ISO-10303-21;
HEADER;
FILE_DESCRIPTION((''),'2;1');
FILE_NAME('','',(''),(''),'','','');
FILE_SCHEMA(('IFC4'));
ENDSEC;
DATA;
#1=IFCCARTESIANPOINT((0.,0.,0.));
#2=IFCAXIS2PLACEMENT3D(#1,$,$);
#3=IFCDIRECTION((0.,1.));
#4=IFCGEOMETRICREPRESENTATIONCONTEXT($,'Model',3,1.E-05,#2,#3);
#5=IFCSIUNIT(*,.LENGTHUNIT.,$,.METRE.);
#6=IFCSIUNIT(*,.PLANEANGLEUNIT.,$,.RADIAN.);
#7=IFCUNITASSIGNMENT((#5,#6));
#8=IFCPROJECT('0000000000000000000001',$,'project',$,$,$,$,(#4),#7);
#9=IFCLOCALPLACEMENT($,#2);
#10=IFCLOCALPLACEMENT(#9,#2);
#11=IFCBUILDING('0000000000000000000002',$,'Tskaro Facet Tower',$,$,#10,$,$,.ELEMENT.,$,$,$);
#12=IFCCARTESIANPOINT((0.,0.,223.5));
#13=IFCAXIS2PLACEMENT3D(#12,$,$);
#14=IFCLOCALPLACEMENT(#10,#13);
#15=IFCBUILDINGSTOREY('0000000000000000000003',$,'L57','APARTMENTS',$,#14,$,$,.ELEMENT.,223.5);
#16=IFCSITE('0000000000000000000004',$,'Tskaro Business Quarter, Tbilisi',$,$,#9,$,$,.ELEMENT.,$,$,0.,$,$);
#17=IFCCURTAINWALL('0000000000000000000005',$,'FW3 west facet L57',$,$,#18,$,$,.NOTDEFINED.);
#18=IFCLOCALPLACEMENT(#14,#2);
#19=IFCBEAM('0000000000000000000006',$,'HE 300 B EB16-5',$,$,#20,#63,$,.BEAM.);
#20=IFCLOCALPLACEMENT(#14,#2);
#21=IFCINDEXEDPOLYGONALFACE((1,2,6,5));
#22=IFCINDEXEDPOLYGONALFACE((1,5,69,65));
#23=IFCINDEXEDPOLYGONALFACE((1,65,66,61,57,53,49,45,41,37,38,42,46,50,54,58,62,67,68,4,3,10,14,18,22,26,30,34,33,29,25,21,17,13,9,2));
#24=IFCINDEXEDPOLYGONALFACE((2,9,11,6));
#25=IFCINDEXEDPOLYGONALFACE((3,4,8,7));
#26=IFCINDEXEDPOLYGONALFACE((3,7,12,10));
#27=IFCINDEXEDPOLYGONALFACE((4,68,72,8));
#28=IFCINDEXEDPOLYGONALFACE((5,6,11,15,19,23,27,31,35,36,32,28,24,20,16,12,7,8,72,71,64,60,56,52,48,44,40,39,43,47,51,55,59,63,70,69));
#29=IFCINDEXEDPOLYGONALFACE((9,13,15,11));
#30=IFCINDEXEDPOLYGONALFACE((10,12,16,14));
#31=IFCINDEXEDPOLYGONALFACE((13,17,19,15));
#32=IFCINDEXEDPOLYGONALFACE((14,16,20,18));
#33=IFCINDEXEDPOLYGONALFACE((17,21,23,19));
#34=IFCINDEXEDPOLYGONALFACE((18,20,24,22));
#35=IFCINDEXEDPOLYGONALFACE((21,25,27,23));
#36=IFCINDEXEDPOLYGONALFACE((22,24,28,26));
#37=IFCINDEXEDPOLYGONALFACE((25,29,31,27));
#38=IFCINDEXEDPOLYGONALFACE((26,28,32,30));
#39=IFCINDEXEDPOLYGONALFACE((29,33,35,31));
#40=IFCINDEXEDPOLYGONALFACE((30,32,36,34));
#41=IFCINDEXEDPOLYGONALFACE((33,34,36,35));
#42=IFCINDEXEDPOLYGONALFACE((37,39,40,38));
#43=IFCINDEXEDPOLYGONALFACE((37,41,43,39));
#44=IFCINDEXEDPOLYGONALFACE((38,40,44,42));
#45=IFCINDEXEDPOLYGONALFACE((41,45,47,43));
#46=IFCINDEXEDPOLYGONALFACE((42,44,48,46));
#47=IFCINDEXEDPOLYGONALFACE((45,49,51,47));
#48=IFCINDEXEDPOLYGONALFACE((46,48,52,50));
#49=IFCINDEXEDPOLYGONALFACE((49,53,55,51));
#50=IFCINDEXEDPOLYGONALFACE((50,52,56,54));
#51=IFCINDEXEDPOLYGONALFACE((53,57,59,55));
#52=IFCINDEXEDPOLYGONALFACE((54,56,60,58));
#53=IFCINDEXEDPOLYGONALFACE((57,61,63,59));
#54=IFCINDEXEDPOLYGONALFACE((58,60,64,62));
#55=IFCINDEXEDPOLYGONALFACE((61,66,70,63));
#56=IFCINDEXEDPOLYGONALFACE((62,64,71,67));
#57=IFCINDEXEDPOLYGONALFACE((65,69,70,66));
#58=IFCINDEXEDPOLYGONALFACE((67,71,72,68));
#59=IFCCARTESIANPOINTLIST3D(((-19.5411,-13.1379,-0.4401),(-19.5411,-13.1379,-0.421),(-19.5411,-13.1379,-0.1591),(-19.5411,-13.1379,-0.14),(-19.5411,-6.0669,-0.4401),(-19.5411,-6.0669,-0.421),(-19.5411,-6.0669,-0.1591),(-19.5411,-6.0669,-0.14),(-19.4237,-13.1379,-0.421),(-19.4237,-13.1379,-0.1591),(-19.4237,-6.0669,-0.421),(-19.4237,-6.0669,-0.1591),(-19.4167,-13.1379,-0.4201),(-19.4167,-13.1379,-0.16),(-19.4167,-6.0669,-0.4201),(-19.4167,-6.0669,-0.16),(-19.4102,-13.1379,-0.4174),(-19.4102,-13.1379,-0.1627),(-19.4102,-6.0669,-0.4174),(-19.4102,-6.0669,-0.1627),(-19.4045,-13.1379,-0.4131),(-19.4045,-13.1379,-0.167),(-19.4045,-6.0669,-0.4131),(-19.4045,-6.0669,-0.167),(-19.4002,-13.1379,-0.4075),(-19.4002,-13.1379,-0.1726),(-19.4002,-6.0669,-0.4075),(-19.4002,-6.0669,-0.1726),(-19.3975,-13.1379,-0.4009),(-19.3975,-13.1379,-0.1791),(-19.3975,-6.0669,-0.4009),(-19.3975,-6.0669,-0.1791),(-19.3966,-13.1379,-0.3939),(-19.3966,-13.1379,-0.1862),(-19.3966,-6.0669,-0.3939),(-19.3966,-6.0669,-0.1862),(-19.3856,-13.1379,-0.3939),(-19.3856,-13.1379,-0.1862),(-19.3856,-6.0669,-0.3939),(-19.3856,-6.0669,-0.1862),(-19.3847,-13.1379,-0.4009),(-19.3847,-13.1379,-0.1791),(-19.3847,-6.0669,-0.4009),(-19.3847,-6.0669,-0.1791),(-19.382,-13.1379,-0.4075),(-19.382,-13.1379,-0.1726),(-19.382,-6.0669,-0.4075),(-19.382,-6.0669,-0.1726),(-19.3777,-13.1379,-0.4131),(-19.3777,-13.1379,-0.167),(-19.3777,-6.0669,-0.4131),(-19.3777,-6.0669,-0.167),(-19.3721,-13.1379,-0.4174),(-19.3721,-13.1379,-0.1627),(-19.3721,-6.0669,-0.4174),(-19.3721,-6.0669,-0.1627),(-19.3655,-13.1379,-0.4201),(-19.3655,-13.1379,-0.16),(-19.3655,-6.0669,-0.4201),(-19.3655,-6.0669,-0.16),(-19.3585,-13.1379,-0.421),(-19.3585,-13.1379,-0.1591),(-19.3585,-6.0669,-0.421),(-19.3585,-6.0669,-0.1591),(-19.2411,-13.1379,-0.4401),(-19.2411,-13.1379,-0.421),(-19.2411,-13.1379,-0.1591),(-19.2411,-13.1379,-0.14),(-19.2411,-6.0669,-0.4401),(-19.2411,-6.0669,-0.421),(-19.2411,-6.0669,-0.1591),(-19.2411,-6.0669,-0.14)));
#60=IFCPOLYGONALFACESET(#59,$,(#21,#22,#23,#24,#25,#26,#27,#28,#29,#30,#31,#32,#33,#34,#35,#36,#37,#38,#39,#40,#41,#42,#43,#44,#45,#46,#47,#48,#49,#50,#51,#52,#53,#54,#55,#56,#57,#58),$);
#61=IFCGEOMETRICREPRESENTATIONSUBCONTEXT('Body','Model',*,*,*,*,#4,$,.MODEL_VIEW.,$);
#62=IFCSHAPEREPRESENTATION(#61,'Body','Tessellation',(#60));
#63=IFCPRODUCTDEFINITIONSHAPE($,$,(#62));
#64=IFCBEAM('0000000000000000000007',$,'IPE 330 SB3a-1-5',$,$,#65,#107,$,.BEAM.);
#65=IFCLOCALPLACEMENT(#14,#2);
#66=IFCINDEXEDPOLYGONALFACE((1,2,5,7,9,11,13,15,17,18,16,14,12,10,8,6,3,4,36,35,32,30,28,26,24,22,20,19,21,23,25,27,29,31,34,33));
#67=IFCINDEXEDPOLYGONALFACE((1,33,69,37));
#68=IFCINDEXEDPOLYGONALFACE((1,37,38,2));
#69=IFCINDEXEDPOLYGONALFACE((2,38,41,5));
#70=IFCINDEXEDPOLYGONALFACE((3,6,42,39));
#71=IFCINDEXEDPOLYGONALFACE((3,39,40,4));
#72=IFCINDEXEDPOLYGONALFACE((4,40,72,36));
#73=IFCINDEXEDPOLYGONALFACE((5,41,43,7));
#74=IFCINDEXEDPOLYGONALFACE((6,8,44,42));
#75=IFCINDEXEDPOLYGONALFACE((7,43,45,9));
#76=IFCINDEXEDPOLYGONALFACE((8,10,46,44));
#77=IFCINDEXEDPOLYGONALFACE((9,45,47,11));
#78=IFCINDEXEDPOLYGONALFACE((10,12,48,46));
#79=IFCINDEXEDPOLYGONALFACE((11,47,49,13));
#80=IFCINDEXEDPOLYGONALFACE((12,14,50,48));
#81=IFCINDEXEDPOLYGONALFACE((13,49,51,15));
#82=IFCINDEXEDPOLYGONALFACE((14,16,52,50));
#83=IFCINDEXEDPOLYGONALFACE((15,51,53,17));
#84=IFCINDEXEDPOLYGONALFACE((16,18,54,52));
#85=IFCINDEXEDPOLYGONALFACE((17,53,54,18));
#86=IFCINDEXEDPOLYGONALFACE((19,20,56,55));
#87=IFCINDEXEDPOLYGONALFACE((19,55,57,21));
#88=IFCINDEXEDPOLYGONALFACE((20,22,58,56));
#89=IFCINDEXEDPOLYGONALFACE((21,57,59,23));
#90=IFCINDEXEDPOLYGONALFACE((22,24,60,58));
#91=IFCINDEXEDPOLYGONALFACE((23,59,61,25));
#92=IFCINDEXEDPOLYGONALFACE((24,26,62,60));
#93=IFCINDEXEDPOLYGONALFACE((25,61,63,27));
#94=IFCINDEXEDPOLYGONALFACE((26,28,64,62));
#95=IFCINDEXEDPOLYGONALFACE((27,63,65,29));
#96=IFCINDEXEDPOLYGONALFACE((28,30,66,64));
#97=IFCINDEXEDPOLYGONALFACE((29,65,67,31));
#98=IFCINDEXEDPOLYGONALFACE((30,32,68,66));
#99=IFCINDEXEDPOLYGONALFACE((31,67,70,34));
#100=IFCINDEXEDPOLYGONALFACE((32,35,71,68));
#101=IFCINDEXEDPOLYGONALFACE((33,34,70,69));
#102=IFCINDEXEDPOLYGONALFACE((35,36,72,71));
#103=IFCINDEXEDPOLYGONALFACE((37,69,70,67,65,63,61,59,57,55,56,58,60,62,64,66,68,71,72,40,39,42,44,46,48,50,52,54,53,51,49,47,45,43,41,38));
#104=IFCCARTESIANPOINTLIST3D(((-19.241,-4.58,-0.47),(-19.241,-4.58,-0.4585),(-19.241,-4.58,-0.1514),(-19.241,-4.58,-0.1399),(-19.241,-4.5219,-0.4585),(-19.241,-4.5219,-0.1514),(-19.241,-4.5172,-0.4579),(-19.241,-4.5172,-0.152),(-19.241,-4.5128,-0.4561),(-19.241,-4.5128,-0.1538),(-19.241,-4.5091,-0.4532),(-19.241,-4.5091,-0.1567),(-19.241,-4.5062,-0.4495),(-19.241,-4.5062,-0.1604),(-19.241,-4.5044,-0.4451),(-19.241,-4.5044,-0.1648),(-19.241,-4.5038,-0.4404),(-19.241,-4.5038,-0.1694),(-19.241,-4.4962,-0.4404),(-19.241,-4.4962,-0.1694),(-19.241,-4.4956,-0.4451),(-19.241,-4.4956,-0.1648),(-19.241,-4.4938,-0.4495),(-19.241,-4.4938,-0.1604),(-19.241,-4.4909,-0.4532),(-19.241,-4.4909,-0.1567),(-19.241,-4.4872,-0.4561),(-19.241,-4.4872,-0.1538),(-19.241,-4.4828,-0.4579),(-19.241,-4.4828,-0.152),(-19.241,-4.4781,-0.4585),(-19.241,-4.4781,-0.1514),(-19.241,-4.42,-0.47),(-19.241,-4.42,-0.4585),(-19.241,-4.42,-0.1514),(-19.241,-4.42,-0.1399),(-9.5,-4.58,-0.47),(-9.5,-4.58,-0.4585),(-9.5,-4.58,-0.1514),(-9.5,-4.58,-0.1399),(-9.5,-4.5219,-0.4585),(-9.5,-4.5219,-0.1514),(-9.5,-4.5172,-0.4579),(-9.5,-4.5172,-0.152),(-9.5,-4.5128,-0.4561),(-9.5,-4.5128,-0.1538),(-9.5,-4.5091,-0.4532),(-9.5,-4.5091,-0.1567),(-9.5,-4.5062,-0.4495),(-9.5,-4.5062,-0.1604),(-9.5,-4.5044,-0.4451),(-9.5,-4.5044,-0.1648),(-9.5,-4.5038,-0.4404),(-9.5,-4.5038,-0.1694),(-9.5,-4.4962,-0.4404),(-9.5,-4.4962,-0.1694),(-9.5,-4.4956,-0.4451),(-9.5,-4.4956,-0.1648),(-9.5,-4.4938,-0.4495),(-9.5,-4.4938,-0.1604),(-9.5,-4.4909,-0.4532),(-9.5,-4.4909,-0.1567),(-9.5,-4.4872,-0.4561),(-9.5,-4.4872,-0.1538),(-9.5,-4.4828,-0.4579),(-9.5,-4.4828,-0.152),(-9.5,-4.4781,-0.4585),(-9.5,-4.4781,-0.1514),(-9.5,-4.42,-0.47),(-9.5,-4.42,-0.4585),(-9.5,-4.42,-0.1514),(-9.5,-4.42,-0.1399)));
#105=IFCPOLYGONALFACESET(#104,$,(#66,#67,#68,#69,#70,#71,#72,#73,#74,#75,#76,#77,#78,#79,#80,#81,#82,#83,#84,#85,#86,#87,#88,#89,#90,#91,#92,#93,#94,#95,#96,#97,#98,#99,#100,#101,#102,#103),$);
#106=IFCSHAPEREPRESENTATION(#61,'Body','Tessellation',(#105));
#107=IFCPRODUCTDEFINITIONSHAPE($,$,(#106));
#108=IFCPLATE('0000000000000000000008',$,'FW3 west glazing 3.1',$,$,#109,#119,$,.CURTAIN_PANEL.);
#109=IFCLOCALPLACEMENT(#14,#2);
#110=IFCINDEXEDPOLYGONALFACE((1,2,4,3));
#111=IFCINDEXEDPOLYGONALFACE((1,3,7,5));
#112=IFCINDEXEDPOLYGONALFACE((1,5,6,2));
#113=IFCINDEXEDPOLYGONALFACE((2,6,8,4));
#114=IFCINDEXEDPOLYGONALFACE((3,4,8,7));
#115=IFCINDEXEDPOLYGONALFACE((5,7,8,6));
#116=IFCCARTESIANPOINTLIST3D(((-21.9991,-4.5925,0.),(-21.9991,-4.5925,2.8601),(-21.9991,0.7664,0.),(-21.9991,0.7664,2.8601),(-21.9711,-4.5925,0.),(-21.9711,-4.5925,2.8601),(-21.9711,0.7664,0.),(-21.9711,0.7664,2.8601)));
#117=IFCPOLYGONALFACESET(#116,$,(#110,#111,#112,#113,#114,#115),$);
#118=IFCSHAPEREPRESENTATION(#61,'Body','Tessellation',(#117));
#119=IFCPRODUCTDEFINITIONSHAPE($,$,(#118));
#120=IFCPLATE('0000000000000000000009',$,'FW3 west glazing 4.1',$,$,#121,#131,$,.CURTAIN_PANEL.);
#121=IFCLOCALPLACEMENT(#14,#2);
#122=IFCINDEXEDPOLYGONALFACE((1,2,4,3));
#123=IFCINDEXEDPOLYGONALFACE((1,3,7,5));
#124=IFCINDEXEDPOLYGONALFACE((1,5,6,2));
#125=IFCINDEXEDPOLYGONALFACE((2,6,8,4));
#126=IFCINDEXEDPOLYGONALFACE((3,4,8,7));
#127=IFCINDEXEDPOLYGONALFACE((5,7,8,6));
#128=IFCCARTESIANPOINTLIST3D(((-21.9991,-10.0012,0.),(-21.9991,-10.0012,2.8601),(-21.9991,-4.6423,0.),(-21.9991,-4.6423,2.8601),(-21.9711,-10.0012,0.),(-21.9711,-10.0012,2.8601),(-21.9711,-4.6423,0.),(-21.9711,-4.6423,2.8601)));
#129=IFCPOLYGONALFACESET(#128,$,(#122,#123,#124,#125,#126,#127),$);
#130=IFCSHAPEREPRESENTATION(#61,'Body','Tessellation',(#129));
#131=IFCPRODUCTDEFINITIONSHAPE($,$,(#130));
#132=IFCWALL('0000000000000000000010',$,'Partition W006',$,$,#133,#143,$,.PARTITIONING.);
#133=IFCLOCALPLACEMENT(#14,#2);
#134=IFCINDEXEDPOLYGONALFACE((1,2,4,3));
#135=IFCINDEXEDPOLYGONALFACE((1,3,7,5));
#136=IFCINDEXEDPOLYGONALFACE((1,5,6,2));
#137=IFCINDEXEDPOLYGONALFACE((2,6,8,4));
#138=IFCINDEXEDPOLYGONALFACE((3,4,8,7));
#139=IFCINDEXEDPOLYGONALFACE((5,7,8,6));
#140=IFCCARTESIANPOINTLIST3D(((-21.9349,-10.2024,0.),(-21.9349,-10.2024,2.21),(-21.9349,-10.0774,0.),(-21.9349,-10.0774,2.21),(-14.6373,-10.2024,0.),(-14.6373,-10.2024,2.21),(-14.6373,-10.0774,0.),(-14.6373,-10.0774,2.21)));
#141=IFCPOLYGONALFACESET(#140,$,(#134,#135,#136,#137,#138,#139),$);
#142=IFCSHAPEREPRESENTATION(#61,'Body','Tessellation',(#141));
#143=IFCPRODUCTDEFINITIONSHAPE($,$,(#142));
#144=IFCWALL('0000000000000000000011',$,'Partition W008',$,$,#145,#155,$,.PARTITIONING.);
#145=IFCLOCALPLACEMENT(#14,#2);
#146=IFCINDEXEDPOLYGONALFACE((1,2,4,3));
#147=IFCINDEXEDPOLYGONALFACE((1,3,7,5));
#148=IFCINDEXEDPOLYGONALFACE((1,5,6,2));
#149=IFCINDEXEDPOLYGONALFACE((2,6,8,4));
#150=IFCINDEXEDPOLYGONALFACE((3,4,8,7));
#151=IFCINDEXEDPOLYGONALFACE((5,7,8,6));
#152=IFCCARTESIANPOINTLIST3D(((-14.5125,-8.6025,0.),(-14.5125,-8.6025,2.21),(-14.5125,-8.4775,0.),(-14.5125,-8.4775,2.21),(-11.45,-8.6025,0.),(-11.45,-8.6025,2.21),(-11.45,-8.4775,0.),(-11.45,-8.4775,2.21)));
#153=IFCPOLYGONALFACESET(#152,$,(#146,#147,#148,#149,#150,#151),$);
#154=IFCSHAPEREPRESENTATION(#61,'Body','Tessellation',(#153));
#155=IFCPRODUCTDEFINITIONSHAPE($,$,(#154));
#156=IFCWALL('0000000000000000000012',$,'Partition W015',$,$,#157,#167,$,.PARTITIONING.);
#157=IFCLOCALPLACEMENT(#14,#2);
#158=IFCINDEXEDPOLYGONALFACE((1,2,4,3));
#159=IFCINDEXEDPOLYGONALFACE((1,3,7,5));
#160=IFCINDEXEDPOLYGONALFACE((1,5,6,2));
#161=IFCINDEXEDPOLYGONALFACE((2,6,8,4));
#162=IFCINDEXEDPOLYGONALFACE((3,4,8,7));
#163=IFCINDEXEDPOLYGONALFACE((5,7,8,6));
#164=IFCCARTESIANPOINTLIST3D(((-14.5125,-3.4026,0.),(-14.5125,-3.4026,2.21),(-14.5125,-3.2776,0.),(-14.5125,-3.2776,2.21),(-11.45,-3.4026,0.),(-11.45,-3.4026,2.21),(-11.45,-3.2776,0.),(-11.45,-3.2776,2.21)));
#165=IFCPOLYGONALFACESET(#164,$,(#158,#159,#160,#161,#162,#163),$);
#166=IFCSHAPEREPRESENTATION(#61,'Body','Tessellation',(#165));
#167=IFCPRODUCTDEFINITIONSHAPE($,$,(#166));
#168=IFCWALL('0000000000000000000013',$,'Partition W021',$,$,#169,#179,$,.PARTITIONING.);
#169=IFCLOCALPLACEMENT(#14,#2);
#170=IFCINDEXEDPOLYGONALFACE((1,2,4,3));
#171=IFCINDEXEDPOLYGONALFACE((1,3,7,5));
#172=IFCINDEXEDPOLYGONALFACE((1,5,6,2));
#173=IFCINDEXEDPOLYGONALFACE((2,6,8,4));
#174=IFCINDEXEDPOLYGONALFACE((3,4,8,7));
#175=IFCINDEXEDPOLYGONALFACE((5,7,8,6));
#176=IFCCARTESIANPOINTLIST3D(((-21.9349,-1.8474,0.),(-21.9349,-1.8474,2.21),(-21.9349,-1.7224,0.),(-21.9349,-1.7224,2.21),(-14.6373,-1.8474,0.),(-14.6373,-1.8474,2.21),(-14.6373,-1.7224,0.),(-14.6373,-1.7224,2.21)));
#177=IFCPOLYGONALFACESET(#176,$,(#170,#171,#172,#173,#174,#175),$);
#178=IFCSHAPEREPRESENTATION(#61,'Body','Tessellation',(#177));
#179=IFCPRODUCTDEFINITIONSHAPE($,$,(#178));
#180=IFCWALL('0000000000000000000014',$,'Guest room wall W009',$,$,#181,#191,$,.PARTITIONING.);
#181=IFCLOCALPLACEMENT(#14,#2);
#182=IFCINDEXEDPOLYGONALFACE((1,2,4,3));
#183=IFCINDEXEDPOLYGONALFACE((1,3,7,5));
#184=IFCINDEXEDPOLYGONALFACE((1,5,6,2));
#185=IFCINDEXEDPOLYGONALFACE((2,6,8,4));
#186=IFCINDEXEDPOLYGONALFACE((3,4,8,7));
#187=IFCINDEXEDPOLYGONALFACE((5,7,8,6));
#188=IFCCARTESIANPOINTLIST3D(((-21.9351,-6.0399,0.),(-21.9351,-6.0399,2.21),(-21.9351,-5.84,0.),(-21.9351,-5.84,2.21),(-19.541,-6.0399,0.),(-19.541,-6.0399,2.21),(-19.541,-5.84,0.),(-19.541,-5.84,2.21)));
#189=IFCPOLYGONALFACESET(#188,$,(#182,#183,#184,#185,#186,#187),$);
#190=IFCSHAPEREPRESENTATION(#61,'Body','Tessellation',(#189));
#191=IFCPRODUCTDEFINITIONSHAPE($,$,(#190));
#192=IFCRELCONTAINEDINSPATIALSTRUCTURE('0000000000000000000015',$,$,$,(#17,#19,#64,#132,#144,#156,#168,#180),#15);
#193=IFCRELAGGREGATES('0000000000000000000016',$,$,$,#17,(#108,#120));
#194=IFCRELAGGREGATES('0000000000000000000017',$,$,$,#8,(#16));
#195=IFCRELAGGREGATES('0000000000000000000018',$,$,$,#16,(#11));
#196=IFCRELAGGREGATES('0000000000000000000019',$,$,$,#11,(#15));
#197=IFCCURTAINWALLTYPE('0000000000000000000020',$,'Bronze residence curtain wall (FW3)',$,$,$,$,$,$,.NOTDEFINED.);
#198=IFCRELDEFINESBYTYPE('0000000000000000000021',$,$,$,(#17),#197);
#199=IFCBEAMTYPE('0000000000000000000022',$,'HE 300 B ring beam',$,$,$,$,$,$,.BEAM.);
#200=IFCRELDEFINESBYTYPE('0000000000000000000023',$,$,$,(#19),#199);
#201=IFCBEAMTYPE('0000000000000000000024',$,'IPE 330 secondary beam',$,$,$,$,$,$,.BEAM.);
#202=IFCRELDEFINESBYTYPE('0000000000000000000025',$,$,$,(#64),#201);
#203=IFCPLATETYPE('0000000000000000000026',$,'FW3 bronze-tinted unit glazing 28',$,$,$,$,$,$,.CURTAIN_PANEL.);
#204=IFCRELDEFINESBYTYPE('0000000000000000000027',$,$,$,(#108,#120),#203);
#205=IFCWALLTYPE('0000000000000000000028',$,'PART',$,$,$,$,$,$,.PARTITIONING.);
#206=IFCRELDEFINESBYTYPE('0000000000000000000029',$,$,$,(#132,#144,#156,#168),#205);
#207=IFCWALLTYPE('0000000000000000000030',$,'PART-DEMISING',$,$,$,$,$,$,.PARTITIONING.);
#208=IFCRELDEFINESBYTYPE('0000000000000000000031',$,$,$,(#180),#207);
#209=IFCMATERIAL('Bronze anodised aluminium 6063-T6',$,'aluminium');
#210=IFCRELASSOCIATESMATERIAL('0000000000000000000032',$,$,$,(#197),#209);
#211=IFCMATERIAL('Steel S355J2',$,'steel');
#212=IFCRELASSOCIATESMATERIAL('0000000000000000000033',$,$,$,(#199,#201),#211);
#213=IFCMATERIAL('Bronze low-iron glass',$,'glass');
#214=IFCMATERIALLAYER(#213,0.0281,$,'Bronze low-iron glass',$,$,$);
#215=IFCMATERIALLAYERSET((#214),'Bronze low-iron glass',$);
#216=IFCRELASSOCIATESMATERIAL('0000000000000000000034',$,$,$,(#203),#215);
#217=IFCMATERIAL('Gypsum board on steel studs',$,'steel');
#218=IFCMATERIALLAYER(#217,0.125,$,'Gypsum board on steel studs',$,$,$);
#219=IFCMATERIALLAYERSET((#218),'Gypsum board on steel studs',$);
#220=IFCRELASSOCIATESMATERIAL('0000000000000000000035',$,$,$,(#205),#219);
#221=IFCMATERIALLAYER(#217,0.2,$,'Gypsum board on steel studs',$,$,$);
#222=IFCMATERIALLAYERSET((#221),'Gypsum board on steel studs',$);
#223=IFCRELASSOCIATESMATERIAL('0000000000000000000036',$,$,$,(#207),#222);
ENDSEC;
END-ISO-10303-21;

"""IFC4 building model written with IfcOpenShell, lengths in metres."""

from ifc_helpers import new_model, si_unit, direction, frame, frame_2d, origin, origin_2d, place, context, subcontext, project, spatial, rectangle, i_section, extrude, material, layer, layer_set, material_profile, profile_set, type_object, element, aggregate, save


model = new_model("IFC4")

# Units and contexts
model_context = context("Model", 3, precision=1e-05, world=origin(), true_north=direction((0.0, 1.0)))
body_context = subcontext(model_context, "Body", "Model", "MODEL_VIEW")
ifc_project = project(units=[si_unit("LENGTHUNIT", "METRE"), si_unit("PLANEANGLEUNIT", "RADIAN")], contexts=[model_context])

# Site, building, storey
site_placement = place(None, origin())
site = spatial("IfcSite", under=ifc_project, at=site_placement, Name="Tskaro Business Quarter, Tbilisi", CompositionType="ELEMENT", RefElevation=0.0)
building_placement = place(site_placement, origin())
building = spatial("IfcBuilding", under=site, at=building_placement, Name="Tskaro Facet Tower", CompositionType="ELEMENT")
storey_placement = place(building_placement, frame((0.0, 0.0, 223.5)))
storey = spatial("IfcBuildingStorey", under=building, at=storey_placement, Name="L57", Description="APARTMENTS", CompositionType="ELEMENT", Elevation=223.5)

# Shared definitions
ifc_material_1 = material(Name="Steel S355J2", Category="steel")

# Curtain wall
ifc_material_2 = material(Name="Bronze anodised aluminium 6063-T6", Category="aluminium")
curtain_wall_type = type_object("IfcCurtainWallType", Name="Bronze residence curtain wall (FW3)", PredefinedType="NOTDEFINED", material=ifc_material_2)
curtain_wall_placement = place(storey_placement, origin())
curtain_wall = element("IfcCurtainWall", 1, at=curtain_wall_placement, inside=storey, type_object=curtain_wall_type, Name="FW3 west facet L57", PredefinedType="NOTDEFINED")

# Beams
ifc_material_profile_1 = material_profile(ifc_material_1, i_section(OverallWidth=0.3, OverallDepth=0.3, WebThickness=0.011, FlangeThickness=0.019, FilletRadius=0.0271, at=origin_2d()), Name="HE 300 B")
ifc_profile_set_1 = profile_set([ifc_material_profile_1], Name="Steel S355J2")
beam_type_1 = type_object("IfcBeamType", Name="HE 300 B ring beam", PredefinedType="BEAM", material=ifc_profile_set_1)
beam_1_placement = place(storey_placement, frame((-19.3911, -6.0669, -0.29), z_axis=(0.0, -1.0, 0.0), x_axis=(1.0, 0.0, 0.0)))
element("IfcBeam", 2, at=beam_1_placement, inside=storey, type_object=beam_type_1, Name="HE 300 B EB16-5", PredefinedType="BEAM", context=body_context, shape_type="SweptSolid", body=[
    extrude(i_section(OverallWidth=0.3, OverallDepth=0.3, WebThickness=0.011, FlangeThickness=0.019, FilletRadius=0.0271, at=origin_2d()), origin(), (0.0, 0.0, 1.0), 7.071),
])
ifc_material_profile_2 = material_profile(ifc_material_1, i_section(OverallWidth=0.1599, OverallDepth=0.3301, WebThickness=0.0076, FlangeThickness=0.0115, FilletRadius=0.0181, at=origin_2d()), Name="IPE 330")
ifc_profile_set_2 = profile_set([ifc_material_profile_2], Name="Steel S355J2")
beam_type_2 = type_object("IfcBeamType", Name="IPE 330 secondary beam", PredefinedType="BEAM", material=ifc_profile_set_2)
beam_2_placement = place(storey_placement, frame((-19.241, -4.5, -0.3049), z_axis=(1.0, 0.0, 0.0), x_axis=(0.0, 1.0, 0.0)))
element("IfcBeam", 3, at=beam_2_placement, inside=storey, type_object=beam_type_2, Name="IPE 330 SB3a-1-5", PredefinedType="BEAM", context=body_context, shape_type="SweptSolid", body=[
    extrude(i_section(OverallWidth=0.1599, OverallDepth=0.3301, WebThickness=0.0076, FlangeThickness=0.0115, FilletRadius=0.0181, at=origin_2d()), origin(), (0.0, 0.0, 1.0), 9.741),
])

# Plates
ifc_material_3 = material(Name="Bronze low-iron glass", Category="glass")
ifc_layer_1 = layer(ifc_material_3, 0.0281, Name="Bronze low-iron glass")
ifc_layer_set_1 = layer_set([ifc_layer_1], Name="Bronze low-iron glass")
plate_type = type_object("IfcPlateType", Name="FW3 bronze-tinted unit glazing 28", PredefinedType="CURTAIN_PANEL", material=ifc_layer_set_1)
plate_1_placement = place(storey_placement, frame((-21.9851, -1.9131, 0.0), z_axis=(0.0, 0.0, 1.0), x_axis=(0.0, -1.0, 0.0)))
plate_1 = element("IfcPlate", 4, at=plate_1_placement, type_object=plate_type, Name="FW3 west glazing 3.1", PredefinedType="CURTAIN_PANEL", context=body_context, shape_type="SweptSolid", body=[
    extrude(rectangle(XDim=5.3589, YDim=0.0281, at=origin_2d()), origin(), (0.0, 0.0, 1.0), 2.8601),
])
plate_2_placement = place(storey_placement, frame((-21.9851, -7.3218, 0.0), z_axis=(0.0, 0.0, 1.0), x_axis=(0.0, -1.0, 0.0)))
plate_2 = element("IfcPlate", 5, at=plate_2_placement, type_object=plate_type, Name="FW3 west glazing 4.1", PredefinedType="CURTAIN_PANEL", context=body_context, shape_type="SweptSolid", body=[
    extrude(rectangle(XDim=5.3589, YDim=0.0281, at=origin_2d()), origin(), (0.0, 0.0, 1.0), 2.8601),
])
aggregate(curtain_wall, [plate_1, plate_2])

# Walls
ifc_material_4 = material(Name="Gypsum board on steel studs", Category="steel")
ifc_layer_2 = layer(ifc_material_4, 0.125, Name="Gypsum board on steel studs")
ifc_layer_set_2 = layer_set([ifc_layer_2], Name="Gypsum board on steel studs")
wall_type_1 = type_object("IfcWallType", Name="PART", PredefinedType="PARTITIONING", material=ifc_layer_set_2)
wall_1_placement = place(storey_placement, frame((-21.9351, -10.1399, 0.0), z_axis=(0.0, 0.0, 1.0), x_axis=(1.0, 0.0, 0.0)))
element("IfcWall", 6, at=wall_1_placement, inside=storey, type_object=wall_type_1, Name="Partition W006", PredefinedType="PARTITIONING", context=body_context, shape_type="SweptSolid", body=[
    extrude(rectangle(XDim=7.2976, YDim=0.125, at=frame_2d((3.6489, 0.0))), origin(), (0.0, 0.0, 1.0), 2.21),
])
for number, where, z_axis, x_axis, name in (
    (7, (-14.5125, -8.54, 0.0), (0.0, 0.0, 1.0), (1.0, 0.0, 0.0), "Partition W008"),
    (8, (-14.5125, -3.3401, 0.0), (0.0, 0.0, 1.0), (1.0, 0.0, 0.0), "Partition W015"),
):
    element("IfcWall", number, at=place(storey_placement, frame(where, z_axis=z_axis, x_axis=x_axis)), inside=storey, type_object=wall_type_1, Name=name, PredefinedType="PARTITIONING", context=body_context, shape_type="SweptSolid", body=[
        extrude(rectangle(XDim=3.0625, YDim=0.125, at=frame_2d((1.5312, 0.0))), origin(), (0.0, 0.0, 1.0), 2.21),
    ])
wall_2_placement = place(storey_placement, frame((-21.9351, -1.7849, 0.0), z_axis=(0.0, 0.0, 1.0), x_axis=(1.0, 0.0, 0.0)))
element("IfcWall", 9, at=wall_2_placement, inside=storey, type_object=wall_type_1, Name="Partition W021", PredefinedType="PARTITIONING", context=body_context, shape_type="SweptSolid", body=[
    extrude(rectangle(XDim=7.2976, YDim=0.125, at=frame_2d((3.6489, 0.0))), origin(), (0.0, 0.0, 1.0), 2.21),
])
ifc_layer_3 = layer(ifc_material_4, 0.2, Name="Gypsum board on steel studs")
ifc_layer_set_3 = layer_set([ifc_layer_3], Name="Gypsum board on steel studs")
wall_type_2 = type_object("IfcWallType", Name="PART-DEMISING", PredefinedType="PARTITIONING", material=ifc_layer_set_3)
wall_3_placement = place(storey_placement, frame((-21.9351, -5.9399, 0.0), z_axis=(0.0, 0.0, 1.0), x_axis=(1.0, 0.0, 0.0)))
element("IfcWall", 10, at=wall_3_placement, inside=storey, type_object=wall_type_2, Name="Guest room wall W009", PredefinedType="PARTITIONING", context=body_context, shape_type="SweptSolid", body=[
    extrude(rectangle(XDim=2.394, YDim=0.2, at=frame_2d((1.197, 0.0))), origin(), (0.0, 0.0, 1.0), 2.21),
])

save(model, "model.ifc")
